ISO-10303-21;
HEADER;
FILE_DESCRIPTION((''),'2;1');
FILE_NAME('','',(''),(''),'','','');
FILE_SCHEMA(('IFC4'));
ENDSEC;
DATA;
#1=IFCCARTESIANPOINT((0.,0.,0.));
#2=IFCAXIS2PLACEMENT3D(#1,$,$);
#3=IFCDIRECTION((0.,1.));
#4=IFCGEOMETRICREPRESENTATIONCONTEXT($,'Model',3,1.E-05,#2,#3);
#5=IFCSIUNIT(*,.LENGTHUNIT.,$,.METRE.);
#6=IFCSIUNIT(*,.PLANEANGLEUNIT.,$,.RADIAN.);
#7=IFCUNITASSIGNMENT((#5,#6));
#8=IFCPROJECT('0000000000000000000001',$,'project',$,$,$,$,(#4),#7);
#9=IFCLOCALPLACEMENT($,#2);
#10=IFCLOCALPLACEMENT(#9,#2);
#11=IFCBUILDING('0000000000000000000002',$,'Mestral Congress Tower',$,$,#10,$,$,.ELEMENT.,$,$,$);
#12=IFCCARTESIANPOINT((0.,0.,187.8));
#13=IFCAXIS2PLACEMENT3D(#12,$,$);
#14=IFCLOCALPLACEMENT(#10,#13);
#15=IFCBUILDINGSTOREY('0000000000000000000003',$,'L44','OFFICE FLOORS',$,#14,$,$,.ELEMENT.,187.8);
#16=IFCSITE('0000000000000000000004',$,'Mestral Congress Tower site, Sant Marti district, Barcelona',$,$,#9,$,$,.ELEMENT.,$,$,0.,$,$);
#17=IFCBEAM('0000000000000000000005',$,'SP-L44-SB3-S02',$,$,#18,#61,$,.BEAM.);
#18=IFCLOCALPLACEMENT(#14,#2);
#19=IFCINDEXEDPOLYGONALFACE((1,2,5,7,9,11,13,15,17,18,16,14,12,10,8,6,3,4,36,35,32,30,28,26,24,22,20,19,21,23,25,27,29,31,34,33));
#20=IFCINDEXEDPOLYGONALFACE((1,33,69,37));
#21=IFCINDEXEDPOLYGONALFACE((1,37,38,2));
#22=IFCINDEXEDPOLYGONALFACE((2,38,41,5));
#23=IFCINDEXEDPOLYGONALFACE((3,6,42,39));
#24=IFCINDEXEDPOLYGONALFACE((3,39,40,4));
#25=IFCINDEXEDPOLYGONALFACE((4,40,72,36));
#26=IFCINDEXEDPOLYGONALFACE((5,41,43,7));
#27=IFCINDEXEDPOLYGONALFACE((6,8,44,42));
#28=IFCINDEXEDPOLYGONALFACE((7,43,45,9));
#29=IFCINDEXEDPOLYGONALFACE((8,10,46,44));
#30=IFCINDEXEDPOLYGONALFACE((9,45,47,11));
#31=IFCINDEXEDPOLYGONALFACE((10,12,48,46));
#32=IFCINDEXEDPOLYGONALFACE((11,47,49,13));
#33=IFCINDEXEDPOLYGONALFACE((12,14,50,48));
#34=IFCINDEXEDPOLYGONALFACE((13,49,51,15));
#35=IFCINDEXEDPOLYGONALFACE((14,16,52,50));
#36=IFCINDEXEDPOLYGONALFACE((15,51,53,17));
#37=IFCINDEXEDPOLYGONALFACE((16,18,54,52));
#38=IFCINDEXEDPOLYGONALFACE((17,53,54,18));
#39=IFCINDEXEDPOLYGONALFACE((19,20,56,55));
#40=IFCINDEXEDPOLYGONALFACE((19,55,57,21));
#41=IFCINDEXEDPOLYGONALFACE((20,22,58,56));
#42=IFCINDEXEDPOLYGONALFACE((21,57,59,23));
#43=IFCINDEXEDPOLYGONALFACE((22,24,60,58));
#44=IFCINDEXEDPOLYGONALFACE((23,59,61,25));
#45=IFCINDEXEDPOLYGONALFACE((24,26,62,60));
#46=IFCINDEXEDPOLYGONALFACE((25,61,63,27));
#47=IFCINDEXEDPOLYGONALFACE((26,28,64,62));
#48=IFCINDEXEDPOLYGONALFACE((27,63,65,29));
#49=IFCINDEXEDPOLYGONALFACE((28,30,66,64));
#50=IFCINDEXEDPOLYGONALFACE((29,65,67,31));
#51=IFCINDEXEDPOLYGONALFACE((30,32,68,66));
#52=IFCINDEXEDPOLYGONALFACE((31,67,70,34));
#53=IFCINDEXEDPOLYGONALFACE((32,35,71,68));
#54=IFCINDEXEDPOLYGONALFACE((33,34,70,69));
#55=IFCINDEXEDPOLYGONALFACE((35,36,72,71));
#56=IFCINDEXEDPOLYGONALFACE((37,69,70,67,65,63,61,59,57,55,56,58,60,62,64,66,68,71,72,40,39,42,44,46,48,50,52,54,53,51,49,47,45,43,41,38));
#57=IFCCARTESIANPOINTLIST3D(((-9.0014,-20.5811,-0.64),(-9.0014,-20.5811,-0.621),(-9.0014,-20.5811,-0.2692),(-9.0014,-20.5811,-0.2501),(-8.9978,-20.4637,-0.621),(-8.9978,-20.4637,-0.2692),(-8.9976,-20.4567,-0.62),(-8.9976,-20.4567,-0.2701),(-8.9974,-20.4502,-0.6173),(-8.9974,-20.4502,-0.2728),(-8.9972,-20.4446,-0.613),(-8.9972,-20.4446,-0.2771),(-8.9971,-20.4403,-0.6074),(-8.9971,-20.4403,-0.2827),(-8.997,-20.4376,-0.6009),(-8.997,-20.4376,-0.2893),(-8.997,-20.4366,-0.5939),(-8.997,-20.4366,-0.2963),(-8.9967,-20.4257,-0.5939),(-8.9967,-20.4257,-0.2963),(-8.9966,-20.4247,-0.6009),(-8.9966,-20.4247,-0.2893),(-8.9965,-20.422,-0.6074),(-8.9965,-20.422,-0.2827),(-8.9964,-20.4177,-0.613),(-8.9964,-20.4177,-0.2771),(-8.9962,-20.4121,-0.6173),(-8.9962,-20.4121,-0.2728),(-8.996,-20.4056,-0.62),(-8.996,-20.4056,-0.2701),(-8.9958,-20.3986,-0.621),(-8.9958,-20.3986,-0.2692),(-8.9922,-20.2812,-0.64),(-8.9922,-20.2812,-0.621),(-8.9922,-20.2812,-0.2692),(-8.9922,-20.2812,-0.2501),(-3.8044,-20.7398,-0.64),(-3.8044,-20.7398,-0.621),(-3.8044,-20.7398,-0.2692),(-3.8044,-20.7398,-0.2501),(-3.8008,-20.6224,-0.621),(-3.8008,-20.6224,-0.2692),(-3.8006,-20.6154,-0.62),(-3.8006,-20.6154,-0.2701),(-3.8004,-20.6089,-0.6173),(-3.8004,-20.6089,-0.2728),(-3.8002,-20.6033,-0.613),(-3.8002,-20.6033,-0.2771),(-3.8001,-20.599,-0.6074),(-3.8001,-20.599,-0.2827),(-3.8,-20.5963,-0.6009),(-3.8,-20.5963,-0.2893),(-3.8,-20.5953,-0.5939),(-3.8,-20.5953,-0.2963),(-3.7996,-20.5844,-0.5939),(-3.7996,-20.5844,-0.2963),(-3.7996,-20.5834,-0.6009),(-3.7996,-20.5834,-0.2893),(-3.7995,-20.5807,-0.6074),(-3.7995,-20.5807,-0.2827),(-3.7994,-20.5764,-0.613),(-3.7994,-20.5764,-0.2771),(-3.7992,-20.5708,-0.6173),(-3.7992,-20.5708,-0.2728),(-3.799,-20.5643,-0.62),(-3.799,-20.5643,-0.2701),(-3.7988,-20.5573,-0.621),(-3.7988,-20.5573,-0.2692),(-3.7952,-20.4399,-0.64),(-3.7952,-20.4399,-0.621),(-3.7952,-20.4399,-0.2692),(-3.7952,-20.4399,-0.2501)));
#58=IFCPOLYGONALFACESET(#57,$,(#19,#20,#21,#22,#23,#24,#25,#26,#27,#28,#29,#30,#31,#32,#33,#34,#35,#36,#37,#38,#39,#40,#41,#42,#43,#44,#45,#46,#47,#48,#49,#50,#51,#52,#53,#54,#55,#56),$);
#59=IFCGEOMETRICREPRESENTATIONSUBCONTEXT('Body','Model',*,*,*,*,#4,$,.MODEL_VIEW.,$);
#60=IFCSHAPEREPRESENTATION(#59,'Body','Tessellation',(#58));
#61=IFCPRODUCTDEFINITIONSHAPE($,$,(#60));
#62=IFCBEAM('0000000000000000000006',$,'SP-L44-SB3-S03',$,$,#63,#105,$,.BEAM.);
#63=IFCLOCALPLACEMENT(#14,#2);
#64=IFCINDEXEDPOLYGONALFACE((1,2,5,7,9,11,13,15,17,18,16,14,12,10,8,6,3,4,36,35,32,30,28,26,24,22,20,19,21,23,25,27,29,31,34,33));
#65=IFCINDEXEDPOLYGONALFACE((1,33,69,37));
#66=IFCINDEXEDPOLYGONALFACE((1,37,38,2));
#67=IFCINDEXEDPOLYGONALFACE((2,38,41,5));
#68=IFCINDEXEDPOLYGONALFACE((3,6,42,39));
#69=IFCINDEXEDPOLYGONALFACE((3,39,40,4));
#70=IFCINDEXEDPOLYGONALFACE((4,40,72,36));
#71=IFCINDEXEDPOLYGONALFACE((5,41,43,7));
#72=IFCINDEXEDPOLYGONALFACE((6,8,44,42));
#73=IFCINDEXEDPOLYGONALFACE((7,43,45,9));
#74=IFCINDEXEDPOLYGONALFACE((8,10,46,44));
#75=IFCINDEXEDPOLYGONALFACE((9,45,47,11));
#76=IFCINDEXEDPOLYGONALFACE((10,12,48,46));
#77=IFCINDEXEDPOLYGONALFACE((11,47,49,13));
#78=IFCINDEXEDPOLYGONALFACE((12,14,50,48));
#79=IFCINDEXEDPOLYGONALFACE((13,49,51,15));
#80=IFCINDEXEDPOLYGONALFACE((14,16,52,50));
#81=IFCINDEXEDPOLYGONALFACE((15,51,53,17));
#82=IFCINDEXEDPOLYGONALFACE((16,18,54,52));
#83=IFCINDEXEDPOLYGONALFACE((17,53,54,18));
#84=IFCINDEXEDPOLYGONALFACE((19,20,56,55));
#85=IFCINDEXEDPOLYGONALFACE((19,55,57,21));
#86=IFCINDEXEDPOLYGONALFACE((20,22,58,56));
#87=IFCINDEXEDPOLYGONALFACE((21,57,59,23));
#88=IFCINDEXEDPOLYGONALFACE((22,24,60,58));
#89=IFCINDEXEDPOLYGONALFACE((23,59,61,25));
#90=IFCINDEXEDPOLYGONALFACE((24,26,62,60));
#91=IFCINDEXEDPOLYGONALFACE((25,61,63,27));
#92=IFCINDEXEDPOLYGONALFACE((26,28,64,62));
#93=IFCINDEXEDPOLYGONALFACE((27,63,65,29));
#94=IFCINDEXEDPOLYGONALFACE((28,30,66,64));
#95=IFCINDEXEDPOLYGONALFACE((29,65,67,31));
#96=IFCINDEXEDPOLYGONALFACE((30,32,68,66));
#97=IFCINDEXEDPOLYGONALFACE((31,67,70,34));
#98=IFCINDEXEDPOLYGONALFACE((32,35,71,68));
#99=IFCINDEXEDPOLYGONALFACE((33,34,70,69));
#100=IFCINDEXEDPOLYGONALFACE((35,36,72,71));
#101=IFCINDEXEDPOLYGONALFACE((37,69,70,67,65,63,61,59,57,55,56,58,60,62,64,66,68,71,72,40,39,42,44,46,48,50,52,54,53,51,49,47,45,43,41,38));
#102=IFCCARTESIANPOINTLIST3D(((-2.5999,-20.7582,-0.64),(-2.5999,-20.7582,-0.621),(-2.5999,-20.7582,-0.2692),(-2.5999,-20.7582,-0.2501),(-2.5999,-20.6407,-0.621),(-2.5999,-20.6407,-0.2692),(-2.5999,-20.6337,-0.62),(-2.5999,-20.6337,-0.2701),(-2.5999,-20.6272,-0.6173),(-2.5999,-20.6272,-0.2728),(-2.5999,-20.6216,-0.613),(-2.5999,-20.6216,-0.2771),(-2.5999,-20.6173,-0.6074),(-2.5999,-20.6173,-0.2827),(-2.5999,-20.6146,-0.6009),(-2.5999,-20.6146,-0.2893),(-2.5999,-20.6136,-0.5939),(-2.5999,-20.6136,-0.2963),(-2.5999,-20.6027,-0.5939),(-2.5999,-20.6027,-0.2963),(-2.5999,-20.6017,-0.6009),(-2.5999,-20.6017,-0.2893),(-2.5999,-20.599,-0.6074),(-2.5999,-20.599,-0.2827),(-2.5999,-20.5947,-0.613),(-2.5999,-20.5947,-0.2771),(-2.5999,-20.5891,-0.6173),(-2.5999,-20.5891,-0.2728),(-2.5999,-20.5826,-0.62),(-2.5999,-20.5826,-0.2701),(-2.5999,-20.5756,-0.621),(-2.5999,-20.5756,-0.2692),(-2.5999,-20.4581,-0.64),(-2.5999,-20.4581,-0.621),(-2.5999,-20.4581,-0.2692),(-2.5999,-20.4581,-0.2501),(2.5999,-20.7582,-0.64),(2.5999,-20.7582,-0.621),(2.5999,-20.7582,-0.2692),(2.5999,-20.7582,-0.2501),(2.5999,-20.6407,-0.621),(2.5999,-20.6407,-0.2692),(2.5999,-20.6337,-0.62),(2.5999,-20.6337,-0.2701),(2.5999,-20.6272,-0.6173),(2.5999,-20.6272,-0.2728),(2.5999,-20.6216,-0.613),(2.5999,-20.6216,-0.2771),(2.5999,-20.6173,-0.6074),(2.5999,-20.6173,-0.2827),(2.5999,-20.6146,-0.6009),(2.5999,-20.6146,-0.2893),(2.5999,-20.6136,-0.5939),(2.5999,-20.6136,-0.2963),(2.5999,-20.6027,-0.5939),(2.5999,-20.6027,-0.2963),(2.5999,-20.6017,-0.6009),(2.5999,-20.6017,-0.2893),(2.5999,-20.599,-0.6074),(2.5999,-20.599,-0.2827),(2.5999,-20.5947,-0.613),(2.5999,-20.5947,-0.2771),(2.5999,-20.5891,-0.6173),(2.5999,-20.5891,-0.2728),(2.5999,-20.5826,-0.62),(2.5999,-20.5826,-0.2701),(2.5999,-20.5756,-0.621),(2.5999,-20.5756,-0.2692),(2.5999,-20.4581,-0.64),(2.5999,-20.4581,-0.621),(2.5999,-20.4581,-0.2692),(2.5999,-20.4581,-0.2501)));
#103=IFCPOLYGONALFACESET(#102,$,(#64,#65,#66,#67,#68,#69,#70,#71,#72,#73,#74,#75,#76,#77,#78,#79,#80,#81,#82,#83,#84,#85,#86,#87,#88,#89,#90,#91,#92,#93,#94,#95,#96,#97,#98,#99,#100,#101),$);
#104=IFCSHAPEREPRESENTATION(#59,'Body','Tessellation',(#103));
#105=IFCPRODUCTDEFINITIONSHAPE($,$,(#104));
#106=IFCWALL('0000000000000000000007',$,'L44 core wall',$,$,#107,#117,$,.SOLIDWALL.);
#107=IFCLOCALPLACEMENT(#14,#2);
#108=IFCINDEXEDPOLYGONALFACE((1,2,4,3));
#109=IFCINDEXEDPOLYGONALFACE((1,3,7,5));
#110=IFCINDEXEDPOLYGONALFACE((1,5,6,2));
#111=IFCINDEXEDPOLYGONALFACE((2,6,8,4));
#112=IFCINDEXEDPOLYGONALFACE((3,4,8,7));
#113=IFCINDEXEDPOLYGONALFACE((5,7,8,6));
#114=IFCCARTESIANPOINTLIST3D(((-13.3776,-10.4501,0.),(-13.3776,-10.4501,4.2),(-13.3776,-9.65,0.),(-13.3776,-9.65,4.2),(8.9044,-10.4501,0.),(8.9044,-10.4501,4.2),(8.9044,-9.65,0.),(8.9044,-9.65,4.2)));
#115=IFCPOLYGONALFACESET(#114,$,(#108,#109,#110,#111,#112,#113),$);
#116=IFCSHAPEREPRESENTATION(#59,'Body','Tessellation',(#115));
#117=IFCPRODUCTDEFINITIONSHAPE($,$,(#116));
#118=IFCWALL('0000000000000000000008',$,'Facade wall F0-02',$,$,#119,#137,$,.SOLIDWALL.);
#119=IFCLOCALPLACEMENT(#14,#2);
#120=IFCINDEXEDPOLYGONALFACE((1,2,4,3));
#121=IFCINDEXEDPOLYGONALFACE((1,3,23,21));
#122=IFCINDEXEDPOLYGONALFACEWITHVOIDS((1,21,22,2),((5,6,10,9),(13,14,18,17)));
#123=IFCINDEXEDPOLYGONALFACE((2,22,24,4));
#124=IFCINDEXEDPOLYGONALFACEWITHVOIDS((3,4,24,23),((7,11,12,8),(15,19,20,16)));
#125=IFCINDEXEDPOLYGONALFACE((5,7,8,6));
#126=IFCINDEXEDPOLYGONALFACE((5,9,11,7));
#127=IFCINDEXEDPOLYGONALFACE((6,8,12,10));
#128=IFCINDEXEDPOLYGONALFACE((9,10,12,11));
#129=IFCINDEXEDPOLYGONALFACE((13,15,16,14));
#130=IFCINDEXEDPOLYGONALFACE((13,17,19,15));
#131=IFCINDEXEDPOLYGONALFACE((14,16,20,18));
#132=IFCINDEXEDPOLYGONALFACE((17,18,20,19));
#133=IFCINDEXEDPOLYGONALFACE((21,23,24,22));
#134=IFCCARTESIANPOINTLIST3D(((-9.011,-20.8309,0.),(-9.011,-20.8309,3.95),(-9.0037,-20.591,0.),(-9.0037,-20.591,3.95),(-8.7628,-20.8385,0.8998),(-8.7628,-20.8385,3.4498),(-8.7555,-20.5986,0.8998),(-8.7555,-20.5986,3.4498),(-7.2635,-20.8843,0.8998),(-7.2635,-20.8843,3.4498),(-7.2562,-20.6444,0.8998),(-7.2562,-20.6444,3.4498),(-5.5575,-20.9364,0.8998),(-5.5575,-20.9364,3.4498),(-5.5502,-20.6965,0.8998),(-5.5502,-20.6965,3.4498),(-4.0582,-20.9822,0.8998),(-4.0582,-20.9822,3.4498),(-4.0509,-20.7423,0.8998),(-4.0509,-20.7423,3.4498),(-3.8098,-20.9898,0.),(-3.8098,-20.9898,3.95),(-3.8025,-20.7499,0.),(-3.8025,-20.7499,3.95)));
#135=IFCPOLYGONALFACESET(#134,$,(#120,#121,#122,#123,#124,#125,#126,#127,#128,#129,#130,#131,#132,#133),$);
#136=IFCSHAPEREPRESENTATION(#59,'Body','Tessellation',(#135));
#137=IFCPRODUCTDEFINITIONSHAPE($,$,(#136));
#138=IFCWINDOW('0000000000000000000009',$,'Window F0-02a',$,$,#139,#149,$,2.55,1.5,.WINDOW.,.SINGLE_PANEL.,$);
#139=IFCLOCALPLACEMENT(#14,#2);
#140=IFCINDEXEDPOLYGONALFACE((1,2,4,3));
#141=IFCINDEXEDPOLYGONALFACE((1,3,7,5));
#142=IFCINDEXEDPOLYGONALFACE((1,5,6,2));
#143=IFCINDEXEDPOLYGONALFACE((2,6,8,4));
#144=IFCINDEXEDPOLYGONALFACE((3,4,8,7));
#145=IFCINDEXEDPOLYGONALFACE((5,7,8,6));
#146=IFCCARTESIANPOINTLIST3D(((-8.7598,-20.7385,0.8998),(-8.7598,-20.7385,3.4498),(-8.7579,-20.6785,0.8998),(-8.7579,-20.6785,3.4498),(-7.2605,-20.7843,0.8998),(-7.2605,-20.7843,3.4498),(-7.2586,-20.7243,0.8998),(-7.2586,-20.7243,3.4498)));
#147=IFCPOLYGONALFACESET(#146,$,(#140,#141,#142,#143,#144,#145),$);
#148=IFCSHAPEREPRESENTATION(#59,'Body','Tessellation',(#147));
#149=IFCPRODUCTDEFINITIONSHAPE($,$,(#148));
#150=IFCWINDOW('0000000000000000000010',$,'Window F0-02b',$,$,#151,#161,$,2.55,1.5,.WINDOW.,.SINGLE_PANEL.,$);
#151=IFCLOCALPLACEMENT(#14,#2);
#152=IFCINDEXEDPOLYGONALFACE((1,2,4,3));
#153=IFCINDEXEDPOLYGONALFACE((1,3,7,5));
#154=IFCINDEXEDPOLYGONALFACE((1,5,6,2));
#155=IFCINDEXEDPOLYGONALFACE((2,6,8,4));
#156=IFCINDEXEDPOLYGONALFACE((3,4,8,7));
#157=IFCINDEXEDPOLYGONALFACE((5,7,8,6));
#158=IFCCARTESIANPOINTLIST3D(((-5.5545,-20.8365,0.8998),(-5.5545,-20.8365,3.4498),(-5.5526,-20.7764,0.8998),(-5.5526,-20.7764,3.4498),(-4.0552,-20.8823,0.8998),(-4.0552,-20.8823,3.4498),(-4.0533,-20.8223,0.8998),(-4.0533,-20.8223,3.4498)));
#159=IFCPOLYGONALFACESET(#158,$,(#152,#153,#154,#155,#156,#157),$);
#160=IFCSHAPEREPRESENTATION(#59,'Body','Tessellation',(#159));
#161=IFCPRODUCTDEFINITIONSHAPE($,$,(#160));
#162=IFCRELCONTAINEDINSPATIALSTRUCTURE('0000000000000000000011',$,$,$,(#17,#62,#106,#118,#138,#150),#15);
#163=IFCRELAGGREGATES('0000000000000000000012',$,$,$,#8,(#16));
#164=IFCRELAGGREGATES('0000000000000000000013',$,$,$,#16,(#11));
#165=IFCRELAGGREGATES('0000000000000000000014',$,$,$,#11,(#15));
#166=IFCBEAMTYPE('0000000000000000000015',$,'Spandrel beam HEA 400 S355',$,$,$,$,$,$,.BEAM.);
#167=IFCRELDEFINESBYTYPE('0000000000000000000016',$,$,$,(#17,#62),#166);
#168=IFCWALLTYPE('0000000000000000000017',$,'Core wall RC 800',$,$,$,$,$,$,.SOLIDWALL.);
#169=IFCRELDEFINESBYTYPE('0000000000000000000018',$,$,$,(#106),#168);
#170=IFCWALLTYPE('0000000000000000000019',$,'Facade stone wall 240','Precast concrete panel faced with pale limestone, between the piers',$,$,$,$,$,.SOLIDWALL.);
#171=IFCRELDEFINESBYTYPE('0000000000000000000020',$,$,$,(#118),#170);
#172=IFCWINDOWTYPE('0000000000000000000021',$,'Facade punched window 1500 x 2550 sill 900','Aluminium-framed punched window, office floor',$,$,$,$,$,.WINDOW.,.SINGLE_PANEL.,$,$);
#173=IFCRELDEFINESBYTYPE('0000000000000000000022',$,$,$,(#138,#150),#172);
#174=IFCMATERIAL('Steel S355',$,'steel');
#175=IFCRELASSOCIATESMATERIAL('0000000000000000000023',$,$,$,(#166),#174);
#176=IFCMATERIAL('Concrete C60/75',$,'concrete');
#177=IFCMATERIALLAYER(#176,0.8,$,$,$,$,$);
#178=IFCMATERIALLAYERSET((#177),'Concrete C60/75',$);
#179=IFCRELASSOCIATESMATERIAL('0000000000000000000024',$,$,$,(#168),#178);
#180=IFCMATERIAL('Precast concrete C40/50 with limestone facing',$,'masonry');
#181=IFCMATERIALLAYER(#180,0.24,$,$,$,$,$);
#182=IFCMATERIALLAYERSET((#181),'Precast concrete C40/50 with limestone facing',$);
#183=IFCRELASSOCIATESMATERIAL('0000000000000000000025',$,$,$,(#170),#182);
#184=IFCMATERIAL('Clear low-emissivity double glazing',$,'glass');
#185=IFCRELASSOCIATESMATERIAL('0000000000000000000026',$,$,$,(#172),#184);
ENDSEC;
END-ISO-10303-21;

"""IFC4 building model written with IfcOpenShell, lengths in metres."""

from ifc_helpers import new_model, si_unit, direction, frame, frame_2d, origin, origin_2d, place, context, subcontext, project, spatial, rectangle, i_section, extrude, material, layer, layer_set, material_profile, profile_set, type_object, element, fill, save


model = new_model("IFC4")

# Units and contexts
model_context = context("Model", 3, precision=1e-05, world=origin(), true_north=direction((0.0, 1.0)))
body_context = subcontext(model_context, "Body", "Model", "MODEL_VIEW")
ifc_project = project(units=[si_unit("LENGTHUNIT", "METRE"), si_unit("PLANEANGLEUNIT", "RADIAN")], contexts=[model_context])

# Site, building, storey
site_placement = place(None, origin())
site = spatial("IfcSite", under=ifc_project, at=site_placement, Name="Mestral Congress Tower site, Sant Marti district, Barcelona", CompositionType="ELEMENT", RefElevation=0.0)
building_placement = place(site_placement, origin())
building = spatial("IfcBuilding", under=site, at=building_placement, Name="Mestral Congress Tower", CompositionType="ELEMENT")
storey_placement = place(building_placement, frame((0.0, 0.0, 187.8)))
storey = spatial("IfcBuildingStorey", under=building, at=storey_placement, Name="L44", Description="OFFICE FLOORS", CompositionType="ELEMENT", Elevation=187.8)

# Shared definitions
ifc_material_1 = material(Name="Concrete C60/75", Category="concrete")

# Beams
ifc_material_2 = material(Name="Steel S355", Category="steel")
ifc_material_profile_1 = material_profile(ifc_material_2, i_section(OverallWidth=0.3, OverallDepth=0.3899, WebThickness=0.011, FlangeThickness=0.019, FilletRadius=0.0271, at=origin_2d()), Name="HEA 400")
ifc_profile_set_1 = profile_set([ifc_material_profile_1], Name="Steel S355")
beam_type_1 = type_object("IfcBeamType", Name="Spandrel beam HEA 400 S355", PredefinedType="BEAM", material=ifc_profile_set_1)
beam_1_placement = place(storey_placement, frame((-8.9968, -20.4312, -0.4451), z_axis=(0.999534, -0.030521, 0.0), x_axis=(0.030521, 0.999534, 0.0)))
element("IfcBeam", 1, at=beam_1_placement, inside=storey, type_object=beam_type_1, Name="SP-L44-SB3-S02", PredefinedType="BEAM", context=body_context, shape_type="SweptSolid", body=[
    extrude(i_section(OverallWidth=0.3, OverallDepth=0.3899, WebThickness=0.011, FlangeThickness=0.019, FilletRadius=0.0271, at=origin_2d()), origin(), (0.0, 0.0, 1.0), 5.1995),
])
beam_2_placement = place(storey_placement, frame((-2.5999, -20.6082, -0.4451), z_axis=(1.0, 0.0, 0.0), x_axis=(0.0, 1.0, 0.0)))
element("IfcBeam", 2, at=beam_2_placement, inside=storey, type_object=beam_type_1, Name="SP-L44-SB3-S03", PredefinedType="BEAM", context=body_context, shape_type="SweptSolid", body=[
    extrude(i_section(OverallWidth=0.3, OverallDepth=0.3899, WebThickness=0.011, FlangeThickness=0.019, FilletRadius=0.0271, at=origin_2d()), origin(), (0.0, 0.0, 1.0), 5.1997),
])

# Wall
ifc_layer_1 = layer(ifc_material_1, 0.8)
ifc_layer_set_1 = layer_set([ifc_layer_1], Name="Concrete C60/75")
wall_type_1 = type_object("IfcWallType", Name="Core wall RC 800", PredefinedType="SOLIDWALL", material=ifc_layer_set_1)
wall_1_placement = place(storey_placement, frame((-13.3777, -10.05, 0.0), z_axis=(0.0, 0.0, 1.0), x_axis=(1.0, 0.0, 0.0)))
element("IfcWall", 3, at=wall_1_placement, inside=storey, type_object=wall_type_1, Name="L44 core wall", PredefinedType="SOLIDWALL", context=body_context, shape_type="SweptSolid", body=[
    extrude(rectangle(XDim=22.282, YDim=0.8, at=frame_2d((11.1411, 0.0))), origin(), (0.0, 0.0, 1.0), 4.2),
])

# Wall, openings, windows
ifc_material_3 = material(Name="Precast concrete C40/50 with limestone facing", Category="masonry")
ifc_layer_2 = layer(ifc_material_3, 0.24)
ifc_layer_set_2 = layer_set([ifc_layer_2], Name="Precast concrete C40/50 with limestone facing")
wall_type_2 = type_object("IfcWallType", Name="Facade stone wall 240", Description="Precast concrete panel faced with pale limestone, between the piers", PredefinedType="SOLIDWALL", material=ifc_layer_set_2)
wall_2_placement = place(storey_placement, frame((-9.0073, -20.7109, 0.0), z_axis=(0.0, 0.0, 1.0), x_axis=(0.999533, -0.030543, 0.0)))
wall_2 = element("IfcWall", 4, at=wall_2_placement, inside=storey, type_object=wall_type_2, Name="Facade wall F0-02", PredefinedType="SOLIDWALL", context=body_context, shape_type="SweptSolid", body=[
    extrude(rectangle(XDim=5.2036, YDim=0.24, at=frame_2d((2.6018, 0.0))), origin(), (0.0, 0.0, 1.0), 3.95),
])
opening_1_placement = place(wall_2_placement, frame((0.2483, 0.0, 0.8999)))
opening_1 = element("IfcOpeningElement", 5, at=opening_1_placement, cuts=wall_2, PredefinedType="OPENING", context=body_context, shape_type="SweptSolid", body=[
    extrude(rectangle(XDim=1.5, YDim=2.55, at=frame_2d((0.75, 1.2749))), frame((0.0, 0.1299, 0.0), z_axis=(0.0, -1.0, 0.0), x_axis=(1.0, 0.0, 0.0)), (0.0, 0.0, 1.0), 0.26),
])
opening_2_placement = place(wall_2_placement, frame((3.4551, 0.0, 0.8999)))
opening_2 = element("IfcOpeningElement", 6, at=opening_2_placement, cuts=wall_2, PredefinedType="OPENING", context=body_context, shape_type="SweptSolid", body=[
    extrude(rectangle(XDim=1.5, YDim=2.55, at=frame_2d((0.75, 1.2749))), frame((0.0, 0.1299, 0.0), z_axis=(0.0, -1.0, 0.0), x_axis=(1.0, 0.0, 0.0)), (0.0, 0.0, 1.0), 0.26),
])
ifc_material_4 = material(Name="Clear low-emissivity double glazing", Category="glass")
window_type = type_object("IfcWindowType", Name="Facade punched window 1500 x 2550 sill 900", Description="Aluminium-framed punched window, office floor", PartitioningType="SINGLE_PANEL", PredefinedType="WINDOW", material=ifc_material_4)
window_1_placement = place(opening_1_placement, origin())
window_1 = element("IfcWindow", 7, at=window_1_placement, inside=storey, type_object=window_type, Name="Window F0-02a", OverallHeight=2.55, OverallWidth=1.5, PartitioningType="SINGLE_PANEL", PredefinedType="WINDOW", context=body_context, shape_type="SweptSolid", body=[
    extrude(rectangle(XDim=1.5, YDim=2.55, at=frame_2d((0.75, 1.2749))), frame((0.0, 0.04, 0.0), z_axis=(0.0, -1.0, 0.0), x_axis=(1.0, 0.0, 0.0)), (0.0, 0.0, 1.0), 0.0601),
])
fill(opening_1, window_1)
window_2_placement = place(opening_2_placement, origin())
window_2 = element("IfcWindow", 8, at=window_2_placement, inside=storey, type_object=window_type, Name="Window F0-02b", OverallHeight=2.55, OverallWidth=1.5, PartitioningType="SINGLE_PANEL", PredefinedType="WINDOW", context=body_context, shape_type="SweptSolid", body=[
    extrude(rectangle(XDim=1.5, YDim=2.55, at=frame_2d((0.75, 1.2749))), frame((0.0, 0.04, 0.0), z_axis=(0.0, -1.0, 0.0), x_axis=(1.0, 0.0, 0.0)), (0.0, 0.0, 1.0), 0.0601),
])
fill(opening_2, window_2)

save(model, "model.ifc")
